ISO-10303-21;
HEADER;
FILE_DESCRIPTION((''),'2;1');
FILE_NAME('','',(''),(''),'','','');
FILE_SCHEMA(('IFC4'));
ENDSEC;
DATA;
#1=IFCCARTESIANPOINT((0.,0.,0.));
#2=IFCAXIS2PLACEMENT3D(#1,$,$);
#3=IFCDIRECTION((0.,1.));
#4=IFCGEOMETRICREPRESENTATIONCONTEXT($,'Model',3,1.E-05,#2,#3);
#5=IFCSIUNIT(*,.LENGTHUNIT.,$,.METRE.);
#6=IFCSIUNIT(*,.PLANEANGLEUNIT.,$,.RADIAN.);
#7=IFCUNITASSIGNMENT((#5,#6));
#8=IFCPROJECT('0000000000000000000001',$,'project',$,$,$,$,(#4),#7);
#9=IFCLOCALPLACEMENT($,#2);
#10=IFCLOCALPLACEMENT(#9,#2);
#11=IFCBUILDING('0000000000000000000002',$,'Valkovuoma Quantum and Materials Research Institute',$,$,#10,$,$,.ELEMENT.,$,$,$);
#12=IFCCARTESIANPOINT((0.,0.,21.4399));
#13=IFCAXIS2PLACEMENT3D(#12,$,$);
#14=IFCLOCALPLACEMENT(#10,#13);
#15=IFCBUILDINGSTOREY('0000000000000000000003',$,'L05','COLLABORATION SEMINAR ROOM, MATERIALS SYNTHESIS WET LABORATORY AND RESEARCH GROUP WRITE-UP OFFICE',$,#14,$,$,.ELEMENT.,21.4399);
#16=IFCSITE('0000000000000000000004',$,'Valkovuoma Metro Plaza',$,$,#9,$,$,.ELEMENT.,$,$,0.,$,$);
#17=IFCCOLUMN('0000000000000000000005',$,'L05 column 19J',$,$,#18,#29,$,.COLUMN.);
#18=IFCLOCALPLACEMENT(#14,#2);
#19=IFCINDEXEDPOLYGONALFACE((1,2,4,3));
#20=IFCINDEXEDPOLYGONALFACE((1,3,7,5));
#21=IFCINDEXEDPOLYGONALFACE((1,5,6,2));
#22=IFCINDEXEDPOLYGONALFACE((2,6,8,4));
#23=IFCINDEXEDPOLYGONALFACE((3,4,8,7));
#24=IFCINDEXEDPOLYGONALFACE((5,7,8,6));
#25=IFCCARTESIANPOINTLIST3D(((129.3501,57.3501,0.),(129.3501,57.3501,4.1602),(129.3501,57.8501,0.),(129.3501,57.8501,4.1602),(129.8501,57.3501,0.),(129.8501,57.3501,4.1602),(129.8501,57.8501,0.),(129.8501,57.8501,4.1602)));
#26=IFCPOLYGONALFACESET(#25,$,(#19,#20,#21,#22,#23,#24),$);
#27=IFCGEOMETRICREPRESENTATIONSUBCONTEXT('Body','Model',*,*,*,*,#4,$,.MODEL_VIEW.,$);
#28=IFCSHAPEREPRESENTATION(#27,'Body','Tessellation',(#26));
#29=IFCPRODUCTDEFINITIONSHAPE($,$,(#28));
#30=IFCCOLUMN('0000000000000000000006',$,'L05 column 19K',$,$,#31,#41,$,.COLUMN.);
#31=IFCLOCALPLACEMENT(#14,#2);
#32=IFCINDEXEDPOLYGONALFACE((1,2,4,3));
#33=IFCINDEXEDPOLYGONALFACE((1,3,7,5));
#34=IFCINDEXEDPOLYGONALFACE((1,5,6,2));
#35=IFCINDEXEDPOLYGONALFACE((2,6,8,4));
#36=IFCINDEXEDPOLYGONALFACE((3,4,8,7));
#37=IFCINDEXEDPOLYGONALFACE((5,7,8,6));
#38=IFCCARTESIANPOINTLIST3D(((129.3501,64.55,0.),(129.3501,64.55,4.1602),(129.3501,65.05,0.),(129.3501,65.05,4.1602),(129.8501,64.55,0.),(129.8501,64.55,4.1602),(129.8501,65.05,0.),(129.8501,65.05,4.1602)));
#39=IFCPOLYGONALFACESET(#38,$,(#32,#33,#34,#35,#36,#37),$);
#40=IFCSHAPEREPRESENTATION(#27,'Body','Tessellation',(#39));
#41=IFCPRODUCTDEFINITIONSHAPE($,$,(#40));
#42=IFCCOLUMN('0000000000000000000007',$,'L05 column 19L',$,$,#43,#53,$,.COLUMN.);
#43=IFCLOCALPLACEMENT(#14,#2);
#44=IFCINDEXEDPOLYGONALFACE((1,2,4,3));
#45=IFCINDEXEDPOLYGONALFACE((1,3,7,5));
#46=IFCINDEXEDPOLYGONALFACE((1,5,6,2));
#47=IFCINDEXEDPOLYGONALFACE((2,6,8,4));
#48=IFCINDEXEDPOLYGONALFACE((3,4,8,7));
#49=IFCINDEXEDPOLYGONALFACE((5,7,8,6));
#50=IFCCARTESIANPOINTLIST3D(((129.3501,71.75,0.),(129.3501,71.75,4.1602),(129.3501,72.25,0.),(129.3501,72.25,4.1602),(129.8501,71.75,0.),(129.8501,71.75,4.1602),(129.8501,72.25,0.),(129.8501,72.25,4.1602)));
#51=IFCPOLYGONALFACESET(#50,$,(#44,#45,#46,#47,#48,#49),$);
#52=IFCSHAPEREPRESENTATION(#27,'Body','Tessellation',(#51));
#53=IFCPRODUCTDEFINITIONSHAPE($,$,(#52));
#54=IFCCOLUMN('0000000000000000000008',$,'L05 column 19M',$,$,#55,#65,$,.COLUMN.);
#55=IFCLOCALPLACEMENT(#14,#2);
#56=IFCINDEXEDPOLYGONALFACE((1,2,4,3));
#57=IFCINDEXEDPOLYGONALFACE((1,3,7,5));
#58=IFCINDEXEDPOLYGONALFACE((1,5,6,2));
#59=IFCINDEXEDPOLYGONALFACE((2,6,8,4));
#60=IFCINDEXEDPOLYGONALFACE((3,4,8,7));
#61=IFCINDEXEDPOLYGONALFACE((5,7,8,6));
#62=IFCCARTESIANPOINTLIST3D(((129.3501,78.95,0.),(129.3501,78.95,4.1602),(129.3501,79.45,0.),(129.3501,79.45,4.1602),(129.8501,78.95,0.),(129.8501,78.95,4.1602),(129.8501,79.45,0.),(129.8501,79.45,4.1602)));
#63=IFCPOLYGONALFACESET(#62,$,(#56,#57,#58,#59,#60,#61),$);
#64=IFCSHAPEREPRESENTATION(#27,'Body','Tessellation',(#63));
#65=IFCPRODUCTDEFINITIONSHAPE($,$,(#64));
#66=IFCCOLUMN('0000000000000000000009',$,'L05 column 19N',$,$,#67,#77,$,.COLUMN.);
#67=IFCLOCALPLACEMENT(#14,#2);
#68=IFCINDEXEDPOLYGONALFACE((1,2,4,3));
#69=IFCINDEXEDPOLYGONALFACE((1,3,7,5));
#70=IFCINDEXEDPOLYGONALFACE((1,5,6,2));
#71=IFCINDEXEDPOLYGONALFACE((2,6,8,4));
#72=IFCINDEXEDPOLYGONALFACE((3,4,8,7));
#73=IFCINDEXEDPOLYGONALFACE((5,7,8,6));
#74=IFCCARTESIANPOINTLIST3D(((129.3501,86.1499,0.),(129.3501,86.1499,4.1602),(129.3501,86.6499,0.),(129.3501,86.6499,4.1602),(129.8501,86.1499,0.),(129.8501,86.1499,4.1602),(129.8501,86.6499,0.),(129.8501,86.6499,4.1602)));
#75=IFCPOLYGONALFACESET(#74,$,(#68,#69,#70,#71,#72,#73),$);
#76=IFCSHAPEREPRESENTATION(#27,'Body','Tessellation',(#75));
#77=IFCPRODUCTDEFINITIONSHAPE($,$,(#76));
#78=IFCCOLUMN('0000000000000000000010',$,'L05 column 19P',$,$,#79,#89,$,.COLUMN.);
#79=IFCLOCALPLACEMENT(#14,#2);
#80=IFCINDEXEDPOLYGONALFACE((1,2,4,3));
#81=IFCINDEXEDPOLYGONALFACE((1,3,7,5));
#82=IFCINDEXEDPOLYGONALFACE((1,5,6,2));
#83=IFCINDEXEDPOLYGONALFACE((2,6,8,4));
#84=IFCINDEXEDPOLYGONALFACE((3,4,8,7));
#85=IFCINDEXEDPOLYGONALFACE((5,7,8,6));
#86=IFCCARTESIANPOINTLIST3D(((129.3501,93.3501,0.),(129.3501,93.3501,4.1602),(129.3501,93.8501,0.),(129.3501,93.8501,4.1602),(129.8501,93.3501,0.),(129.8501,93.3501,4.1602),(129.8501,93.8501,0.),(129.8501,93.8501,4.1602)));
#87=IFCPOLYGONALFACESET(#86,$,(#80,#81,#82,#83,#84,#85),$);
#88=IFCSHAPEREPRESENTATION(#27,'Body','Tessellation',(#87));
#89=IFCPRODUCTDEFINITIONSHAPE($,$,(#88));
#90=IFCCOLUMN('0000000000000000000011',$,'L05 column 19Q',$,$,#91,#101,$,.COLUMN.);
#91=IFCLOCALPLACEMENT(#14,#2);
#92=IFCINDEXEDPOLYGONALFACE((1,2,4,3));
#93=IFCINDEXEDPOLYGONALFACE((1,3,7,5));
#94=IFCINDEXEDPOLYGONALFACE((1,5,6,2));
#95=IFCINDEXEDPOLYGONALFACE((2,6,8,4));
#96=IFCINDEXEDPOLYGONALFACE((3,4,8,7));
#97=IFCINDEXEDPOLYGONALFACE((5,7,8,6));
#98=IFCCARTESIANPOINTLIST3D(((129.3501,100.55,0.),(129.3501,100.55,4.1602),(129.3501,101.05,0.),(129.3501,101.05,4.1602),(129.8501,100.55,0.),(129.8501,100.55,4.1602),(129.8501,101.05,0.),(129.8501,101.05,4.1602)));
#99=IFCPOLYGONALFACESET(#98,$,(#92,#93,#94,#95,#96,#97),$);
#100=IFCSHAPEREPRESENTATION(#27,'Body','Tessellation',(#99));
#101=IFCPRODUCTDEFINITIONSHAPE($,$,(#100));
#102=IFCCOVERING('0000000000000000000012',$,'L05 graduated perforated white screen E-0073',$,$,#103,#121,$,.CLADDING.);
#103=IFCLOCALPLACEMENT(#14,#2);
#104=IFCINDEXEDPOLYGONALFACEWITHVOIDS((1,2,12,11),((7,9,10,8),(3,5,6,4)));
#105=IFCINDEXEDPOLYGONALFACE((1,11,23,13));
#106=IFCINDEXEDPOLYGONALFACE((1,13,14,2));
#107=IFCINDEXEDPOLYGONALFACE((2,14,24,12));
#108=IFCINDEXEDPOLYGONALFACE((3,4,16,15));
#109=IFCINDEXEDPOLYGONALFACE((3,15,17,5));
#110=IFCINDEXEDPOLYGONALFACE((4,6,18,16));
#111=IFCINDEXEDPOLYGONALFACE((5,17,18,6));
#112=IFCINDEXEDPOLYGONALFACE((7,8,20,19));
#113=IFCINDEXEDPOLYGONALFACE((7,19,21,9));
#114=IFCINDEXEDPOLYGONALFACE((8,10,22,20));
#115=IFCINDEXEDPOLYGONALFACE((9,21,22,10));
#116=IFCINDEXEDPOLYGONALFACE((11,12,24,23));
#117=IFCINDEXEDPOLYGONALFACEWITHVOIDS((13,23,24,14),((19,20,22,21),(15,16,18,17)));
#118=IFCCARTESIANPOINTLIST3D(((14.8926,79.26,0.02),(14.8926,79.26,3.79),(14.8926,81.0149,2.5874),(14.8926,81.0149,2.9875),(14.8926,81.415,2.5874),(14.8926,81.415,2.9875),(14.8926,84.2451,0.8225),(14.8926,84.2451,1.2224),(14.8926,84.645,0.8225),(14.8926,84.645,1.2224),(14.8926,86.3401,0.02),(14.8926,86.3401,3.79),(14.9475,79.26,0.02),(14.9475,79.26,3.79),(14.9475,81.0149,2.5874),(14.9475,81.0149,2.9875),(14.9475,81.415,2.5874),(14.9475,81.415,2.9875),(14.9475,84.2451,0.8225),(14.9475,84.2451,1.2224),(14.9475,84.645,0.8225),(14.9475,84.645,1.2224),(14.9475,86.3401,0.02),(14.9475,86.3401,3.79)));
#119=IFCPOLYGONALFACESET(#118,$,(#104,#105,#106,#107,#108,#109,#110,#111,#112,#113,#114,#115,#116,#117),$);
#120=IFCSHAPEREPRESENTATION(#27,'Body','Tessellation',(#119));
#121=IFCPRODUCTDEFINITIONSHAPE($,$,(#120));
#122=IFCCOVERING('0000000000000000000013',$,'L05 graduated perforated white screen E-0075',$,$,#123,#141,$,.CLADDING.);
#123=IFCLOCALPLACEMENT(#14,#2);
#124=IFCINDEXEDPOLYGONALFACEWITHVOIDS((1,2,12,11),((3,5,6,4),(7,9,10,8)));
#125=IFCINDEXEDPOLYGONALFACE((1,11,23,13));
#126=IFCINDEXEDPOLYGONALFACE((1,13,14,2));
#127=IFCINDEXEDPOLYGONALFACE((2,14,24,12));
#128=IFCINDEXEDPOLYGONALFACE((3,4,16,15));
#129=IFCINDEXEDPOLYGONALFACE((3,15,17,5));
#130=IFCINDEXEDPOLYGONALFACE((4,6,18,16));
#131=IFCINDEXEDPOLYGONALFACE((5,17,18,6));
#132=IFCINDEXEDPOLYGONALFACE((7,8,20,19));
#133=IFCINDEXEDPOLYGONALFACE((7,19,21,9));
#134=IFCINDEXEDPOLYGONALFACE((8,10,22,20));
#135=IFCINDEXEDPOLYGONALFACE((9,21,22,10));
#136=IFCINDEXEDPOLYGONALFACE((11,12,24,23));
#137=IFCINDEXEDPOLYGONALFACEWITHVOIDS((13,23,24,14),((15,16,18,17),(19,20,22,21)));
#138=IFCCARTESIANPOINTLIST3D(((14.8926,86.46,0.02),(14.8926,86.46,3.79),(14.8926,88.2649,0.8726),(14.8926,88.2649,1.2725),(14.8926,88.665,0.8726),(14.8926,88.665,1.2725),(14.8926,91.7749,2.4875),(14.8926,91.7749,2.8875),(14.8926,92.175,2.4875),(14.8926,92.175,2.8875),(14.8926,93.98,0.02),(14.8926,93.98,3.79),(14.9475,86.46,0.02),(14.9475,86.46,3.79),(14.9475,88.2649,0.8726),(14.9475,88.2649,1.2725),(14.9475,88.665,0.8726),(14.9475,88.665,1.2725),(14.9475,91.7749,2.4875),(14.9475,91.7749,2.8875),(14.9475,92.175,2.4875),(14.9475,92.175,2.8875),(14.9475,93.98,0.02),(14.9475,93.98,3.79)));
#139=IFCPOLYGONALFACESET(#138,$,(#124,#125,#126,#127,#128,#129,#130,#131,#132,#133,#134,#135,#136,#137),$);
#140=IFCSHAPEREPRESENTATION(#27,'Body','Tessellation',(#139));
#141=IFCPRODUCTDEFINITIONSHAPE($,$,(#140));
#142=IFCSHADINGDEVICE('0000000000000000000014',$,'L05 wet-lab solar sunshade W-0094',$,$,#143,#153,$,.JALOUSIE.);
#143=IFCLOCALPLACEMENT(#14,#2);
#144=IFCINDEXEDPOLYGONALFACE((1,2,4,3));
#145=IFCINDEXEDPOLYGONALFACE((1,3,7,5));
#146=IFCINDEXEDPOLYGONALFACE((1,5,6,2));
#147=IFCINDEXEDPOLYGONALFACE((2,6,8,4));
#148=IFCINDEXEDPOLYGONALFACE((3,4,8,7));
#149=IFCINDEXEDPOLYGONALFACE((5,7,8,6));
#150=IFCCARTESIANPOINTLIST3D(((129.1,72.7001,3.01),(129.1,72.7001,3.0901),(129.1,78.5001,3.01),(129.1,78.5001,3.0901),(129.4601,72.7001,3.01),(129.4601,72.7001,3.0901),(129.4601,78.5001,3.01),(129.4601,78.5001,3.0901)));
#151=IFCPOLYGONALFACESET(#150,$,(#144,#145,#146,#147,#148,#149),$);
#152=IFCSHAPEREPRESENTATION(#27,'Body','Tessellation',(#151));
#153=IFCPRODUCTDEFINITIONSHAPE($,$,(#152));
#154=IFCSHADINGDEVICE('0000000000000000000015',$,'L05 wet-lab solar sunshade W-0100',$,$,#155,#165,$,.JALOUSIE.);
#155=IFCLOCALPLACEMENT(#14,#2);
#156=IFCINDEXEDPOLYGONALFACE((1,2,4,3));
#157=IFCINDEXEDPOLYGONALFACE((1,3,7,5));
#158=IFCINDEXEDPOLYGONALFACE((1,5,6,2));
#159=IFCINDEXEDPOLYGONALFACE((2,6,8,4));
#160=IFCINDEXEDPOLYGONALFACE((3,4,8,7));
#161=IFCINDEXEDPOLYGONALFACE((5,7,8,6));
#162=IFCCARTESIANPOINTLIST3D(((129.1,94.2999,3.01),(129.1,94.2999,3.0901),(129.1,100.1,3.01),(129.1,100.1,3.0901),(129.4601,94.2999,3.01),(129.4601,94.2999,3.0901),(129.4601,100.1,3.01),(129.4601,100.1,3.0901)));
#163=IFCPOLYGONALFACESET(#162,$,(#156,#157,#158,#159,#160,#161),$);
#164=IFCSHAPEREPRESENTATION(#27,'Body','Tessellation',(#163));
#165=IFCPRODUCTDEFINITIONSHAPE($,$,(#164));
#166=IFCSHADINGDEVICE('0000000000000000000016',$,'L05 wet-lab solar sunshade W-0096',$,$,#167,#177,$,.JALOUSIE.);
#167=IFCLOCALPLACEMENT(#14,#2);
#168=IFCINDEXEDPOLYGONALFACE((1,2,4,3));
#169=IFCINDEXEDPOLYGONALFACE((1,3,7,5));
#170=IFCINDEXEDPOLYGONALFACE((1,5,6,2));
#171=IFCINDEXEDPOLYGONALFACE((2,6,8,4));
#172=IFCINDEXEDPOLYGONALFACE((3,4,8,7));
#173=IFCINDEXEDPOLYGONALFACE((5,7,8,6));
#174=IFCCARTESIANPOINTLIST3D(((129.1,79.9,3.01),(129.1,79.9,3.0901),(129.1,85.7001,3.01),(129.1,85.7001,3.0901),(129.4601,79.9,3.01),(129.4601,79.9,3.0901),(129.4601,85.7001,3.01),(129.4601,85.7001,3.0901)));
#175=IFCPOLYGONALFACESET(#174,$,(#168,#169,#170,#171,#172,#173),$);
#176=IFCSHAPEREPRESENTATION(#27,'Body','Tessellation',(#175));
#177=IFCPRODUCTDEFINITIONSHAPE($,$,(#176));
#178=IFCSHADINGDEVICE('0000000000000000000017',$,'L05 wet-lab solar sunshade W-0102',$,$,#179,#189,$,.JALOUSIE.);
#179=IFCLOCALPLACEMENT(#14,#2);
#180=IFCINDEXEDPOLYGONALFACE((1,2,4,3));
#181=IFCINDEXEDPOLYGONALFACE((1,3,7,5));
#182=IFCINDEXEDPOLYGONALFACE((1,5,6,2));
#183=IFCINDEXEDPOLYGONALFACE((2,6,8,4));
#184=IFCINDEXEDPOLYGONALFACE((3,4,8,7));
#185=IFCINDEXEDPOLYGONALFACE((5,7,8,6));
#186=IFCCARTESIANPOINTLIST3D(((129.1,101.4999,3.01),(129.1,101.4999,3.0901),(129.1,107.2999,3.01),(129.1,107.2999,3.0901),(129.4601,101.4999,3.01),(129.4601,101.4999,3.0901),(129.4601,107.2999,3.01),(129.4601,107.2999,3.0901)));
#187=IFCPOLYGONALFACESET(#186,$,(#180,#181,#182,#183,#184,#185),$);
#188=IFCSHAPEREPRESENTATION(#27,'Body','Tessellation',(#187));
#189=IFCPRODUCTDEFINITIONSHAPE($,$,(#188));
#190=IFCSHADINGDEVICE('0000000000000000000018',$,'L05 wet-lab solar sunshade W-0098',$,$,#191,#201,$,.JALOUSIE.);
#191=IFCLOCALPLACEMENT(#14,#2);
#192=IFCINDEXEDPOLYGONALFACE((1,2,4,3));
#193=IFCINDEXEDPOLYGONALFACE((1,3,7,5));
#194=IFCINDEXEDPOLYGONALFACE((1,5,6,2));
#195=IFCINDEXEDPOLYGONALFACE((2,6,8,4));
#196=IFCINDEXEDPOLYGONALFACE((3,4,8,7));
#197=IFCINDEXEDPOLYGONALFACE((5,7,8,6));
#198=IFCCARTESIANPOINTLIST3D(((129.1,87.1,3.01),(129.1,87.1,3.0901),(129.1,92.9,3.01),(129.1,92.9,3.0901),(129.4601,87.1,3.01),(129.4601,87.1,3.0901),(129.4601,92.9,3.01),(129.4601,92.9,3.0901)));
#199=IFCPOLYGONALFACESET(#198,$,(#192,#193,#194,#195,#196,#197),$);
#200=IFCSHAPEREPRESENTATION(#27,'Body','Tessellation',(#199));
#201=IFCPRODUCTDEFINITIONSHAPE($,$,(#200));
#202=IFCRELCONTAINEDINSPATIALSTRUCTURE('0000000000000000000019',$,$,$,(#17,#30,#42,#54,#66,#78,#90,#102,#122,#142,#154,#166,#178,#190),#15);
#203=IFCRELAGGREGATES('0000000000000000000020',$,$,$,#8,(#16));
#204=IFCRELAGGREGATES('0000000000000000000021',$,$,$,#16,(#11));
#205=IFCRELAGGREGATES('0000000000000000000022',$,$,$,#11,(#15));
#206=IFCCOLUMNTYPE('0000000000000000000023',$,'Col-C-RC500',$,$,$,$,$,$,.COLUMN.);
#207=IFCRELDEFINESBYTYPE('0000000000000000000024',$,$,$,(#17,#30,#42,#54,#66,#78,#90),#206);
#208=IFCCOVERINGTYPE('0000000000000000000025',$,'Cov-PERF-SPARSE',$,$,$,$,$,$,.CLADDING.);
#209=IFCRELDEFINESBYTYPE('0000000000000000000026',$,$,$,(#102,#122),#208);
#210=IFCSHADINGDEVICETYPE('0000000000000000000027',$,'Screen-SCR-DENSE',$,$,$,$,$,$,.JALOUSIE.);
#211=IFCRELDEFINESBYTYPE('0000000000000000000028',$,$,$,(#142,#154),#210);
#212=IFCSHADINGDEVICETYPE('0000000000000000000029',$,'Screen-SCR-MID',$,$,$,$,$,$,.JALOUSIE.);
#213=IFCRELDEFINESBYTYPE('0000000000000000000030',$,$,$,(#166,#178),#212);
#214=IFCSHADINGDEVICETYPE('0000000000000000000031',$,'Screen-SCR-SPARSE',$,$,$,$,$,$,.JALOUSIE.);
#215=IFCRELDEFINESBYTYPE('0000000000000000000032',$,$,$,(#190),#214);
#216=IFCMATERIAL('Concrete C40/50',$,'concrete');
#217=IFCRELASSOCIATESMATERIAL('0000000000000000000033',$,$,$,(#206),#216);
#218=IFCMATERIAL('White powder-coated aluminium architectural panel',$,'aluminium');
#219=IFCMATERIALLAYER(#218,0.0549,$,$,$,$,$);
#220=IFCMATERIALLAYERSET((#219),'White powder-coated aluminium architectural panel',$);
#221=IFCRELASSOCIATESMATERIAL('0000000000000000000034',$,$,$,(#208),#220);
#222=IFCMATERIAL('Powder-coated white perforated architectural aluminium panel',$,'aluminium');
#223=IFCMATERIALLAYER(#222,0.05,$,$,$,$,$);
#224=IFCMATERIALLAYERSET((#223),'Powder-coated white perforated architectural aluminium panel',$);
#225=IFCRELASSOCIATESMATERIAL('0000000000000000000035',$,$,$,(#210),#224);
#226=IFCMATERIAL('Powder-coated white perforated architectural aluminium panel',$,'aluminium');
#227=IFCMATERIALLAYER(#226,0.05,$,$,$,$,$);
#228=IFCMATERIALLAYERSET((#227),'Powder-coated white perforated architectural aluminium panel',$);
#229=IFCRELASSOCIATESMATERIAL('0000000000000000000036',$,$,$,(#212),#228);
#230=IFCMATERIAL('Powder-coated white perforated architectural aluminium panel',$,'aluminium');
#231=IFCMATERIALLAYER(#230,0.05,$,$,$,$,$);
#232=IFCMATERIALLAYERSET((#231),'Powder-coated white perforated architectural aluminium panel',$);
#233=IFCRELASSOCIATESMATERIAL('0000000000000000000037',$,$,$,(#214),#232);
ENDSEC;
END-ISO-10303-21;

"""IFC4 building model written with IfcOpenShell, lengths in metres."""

from ifc_helpers import new_model, si_unit, direction, frame, origin, origin_2d, place, context, subcontext, project, spatial, polyline, rectangle, outline, extrude, material, layer, layer_set, material_profile, profile_set, type_object, element, save


model = new_model("IFC4")

# Units and contexts
model_context = context("Model", 3, precision=1e-05, world=origin(), true_north=direction((0.0, 1.0)))
body_context = subcontext(model_context, "Body", "Model", "MODEL_VIEW")
ifc_project = project(units=[si_unit("LENGTHUNIT", "METRE"), si_unit("PLANEANGLEUNIT", "RADIAN")], contexts=[model_context])

# Site, building, storey
site_placement = place(None, origin())
site = spatial("IfcSite", under=ifc_project, at=site_placement, Name="Valkovuoma Metro Plaza", CompositionType="ELEMENT", RefElevation=0.0)
building_placement = place(site_placement, origin())
building = spatial("IfcBuilding", under=site, at=building_placement, Name="Valkovuoma Quantum and Materials Research Institute", CompositionType="ELEMENT")
storey_placement = place(building_placement, frame((0.0, 0.0, 21.4399)))
storey = spatial("IfcBuildingStorey", under=building, at=storey_placement, Name="L05", Description="COLLABORATION SEMINAR ROOM, MATERIALS SYNTHESIS WET LABORATORY AND RESEARCH GROUP WRITE-UP OFFICE", CompositionType="ELEMENT", Elevation=21.4399)

# Columns
ifc_material_1 = material(Name="Concrete C40/50", Category="concrete")
ifc_material_profile = material_profile(ifc_material_1, rectangle(XDim=0.5, YDim=0.5, at=origin_2d()), Name="Concrete C40/50")
ifc_profile_set = profile_set([ifc_material_profile], Name="Concrete C40/50")
column_type = type_object("IfcColumnType", Name="Col-C-RC500", PredefinedType="COLUMN", material=ifc_profile_set)
for number, where, z_axis, x_axis, name in (
    (1, (129.6001, 57.6001, 0.0), (0.0, 0.0, 1.0), (1.0, 0.0, 0.0), "L05 column 19J"),
    (2, (129.6001, 64.8, 0.0), (0.0, 0.0, 1.0), (1.0, 0.0, 0.0), "L05 column 19K"),
    (3, (129.6001, 72.0, 0.0), (0.0, 0.0, 1.0), (1.0, 0.0, 0.0), "L05 column 19L"),
    (4, (129.6001, 79.2, 0.0), (0.0, 0.0, 1.0), (1.0, 0.0, 0.0), "L05 column 19M"),
    (5, (129.6001, 86.3999, 0.0), (0.0, 0.0, 1.0), (1.0, 0.0, 0.0), "L05 column 19N"),
    (6, (129.6001, 93.6001, 0.0), (0.0, 0.0, 1.0), (1.0, 0.0, 0.0), "L05 column 19P"),
    (7, (129.6001, 100.8, 0.0), (0.0, 0.0, 1.0), (1.0, 0.0, 0.0), "L05 column 19Q"),
):
    element("IfcColumn", number, at=place(storey_placement, frame(where, z_axis=z_axis, x_axis=x_axis)), inside=storey, type_object=column_type, Name=name, PredefinedType="COLUMN", context=body_context, shape_type="SweptSolid", body=[
        extrude(rectangle(XDim=0.5, YDim=0.5, at=origin_2d()), origin(), (0.0, 0.0, 1.0), 4.1602),
    ])

# Coverings
ifc_material_2 = material(Name="White powder-coated aluminium architectural panel", Category="aluminium")
ifc_layer_1 = layer(ifc_material_2, 0.0549)
ifc_layer_set_1 = layer_set([ifc_layer_1], Name="White powder-coated aluminium architectural panel")
covering_type = type_object("IfcCoveringType", Name="Cov-PERF-SPARSE", PredefinedType="CLADDING", material=ifc_layer_set_1)
covering_1_placement = place(storey_placement, frame((14.9199, 79.26, 0.02), z_axis=(0.0, 0.0, 1.0), x_axis=(0.0, 1.0, 0.0)))
element("IfcCovering", 8, at=covering_1_placement, inside=storey, type_object=covering_type, Name="L05 graduated perforated white screen E-0073", PredefinedType="CLADDING", context=body_context, shape_type="SweptSolid", body=[
    extrude(outline(polyline([(0.0, 0.0), (7.0801, 0.0), (7.0801, 3.77), (0.0, 3.77), (0.0, 0.0)]), holes=[polyline([(1.7549, 2.5674), (1.7549, 2.9675), (2.155, 2.9675), (2.155, 2.5674), (1.7549, 2.5674)]), polyline([(4.9851, 0.8025), (4.9851, 1.2024), (5.385, 1.2024), (5.385, 0.8025), (4.9851, 0.8025)])]), frame((0.0, 0.0273, 0.0), z_axis=(0.0, -1.0, 0.0), x_axis=(1.0, 0.0, 0.0)), (0.0, 0.0, 1.0), 0.0549),
])
covering_2_placement = place(storey_placement, frame((14.9199, 86.46, 0.02), z_axis=(0.0, 0.0, 1.0), x_axis=(0.0, 1.0, 0.0)))
element("IfcCovering", 9, at=covering_2_placement, inside=storey, type_object=covering_type, Name="L05 graduated perforated white screen E-0075", PredefinedType="CLADDING", context=body_context, shape_type="SweptSolid", body=[
    extrude(outline(polyline([(0.0, 0.0), (7.52, 0.0), (7.52, 3.77), (0.0, 3.77), (0.0, 0.0)]), holes=[polyline([(1.8049, 0.8525), (1.8049, 1.2524), (2.2051, 1.2524), (2.2051, 0.8525), (1.8049, 0.8525)]), polyline([(5.3149, 2.4675), (5.3149, 2.8674), (5.7151, 2.8674), (5.7151, 2.4675), (5.3149, 2.4675)])]), frame((0.0, 0.0273, 0.0), z_axis=(0.0, -1.0, 0.0), x_axis=(1.0, 0.0, 0.0)), (0.0, 0.0, 1.0), 0.0549),
])

# Shading devices
ifc_material_3 = material(Name="Powder-coated white perforated architectural aluminium panel", Category="aluminium")
ifc_layer_2 = layer(ifc_material_3, 0.05)
ifc_layer_set_2 = layer_set([ifc_layer_2], Name="Powder-coated white perforated architectural aluminium panel")
shading_device_type_1 = type_object("IfcShadingDeviceType", Name="Screen-SCR-DENSE", PredefinedType="JALOUSIE", material=ifc_layer_set_2)
for number, where, z_axis, x_axis, name in (
    (10, (129.28, 75.6001, 3.01), (0.0, 0.0, 1.0), (1.0, 0.0, 0.0), "L05 wet-lab solar sunshade W-0094"),
    (11, (129.28, 97.2, 3.01), (0.0, 0.0, 1.0), (1.0, 0.0, 0.0), "L05 wet-lab solar sunshade W-0100"),
):
    element("IfcShadingDevice", number, at=place(storey_placement, frame(where, z_axis=z_axis, x_axis=x_axis)), inside=storey, type_object=shading_device_type_1, Name=name, PredefinedType="JALOUSIE", context=body_context, shape_type="SweptSolid", body=[
        extrude(rectangle(XDim=0.3601, YDim=5.8, at=origin_2d()), origin(), (0.0, 0.0, 1.0), 0.0801),
    ])
ifc_material_4 = material(Name="Powder-coated white perforated architectural aluminium panel", Category="aluminium")
ifc_layer_3 = layer(ifc_material_4, 0.05)
ifc_layer_set_3 = layer_set([ifc_layer_3], Name="Powder-coated white perforated architectural aluminium panel")
shading_device_type_2 = type_object("IfcShadingDeviceType", Name="Screen-SCR-MID", PredefinedType="JALOUSIE", material=ifc_layer_set_3)
for number, where, z_axis, x_axis, name in (
    (12, (129.28, 82.8, 3.01), (0.0, 0.0, 1.0), (1.0, 0.0, 0.0), "L05 wet-lab solar sunshade W-0096"),
    (13, (129.28, 104.3999, 3.01), (0.0, 0.0, 1.0), (1.0, 0.0, 0.0), "L05 wet-lab solar sunshade W-0102"),
):
    element("IfcShadingDevice", number, at=place(storey_placement, frame(where, z_axis=z_axis, x_axis=x_axis)), inside=storey, type_object=shading_device_type_2, Name=name, PredefinedType="JALOUSIE", context=body_context, shape_type="SweptSolid", body=[
        extrude(rectangle(XDim=0.3601, YDim=5.8, at=origin_2d()), origin(), (0.0, 0.0, 1.0), 0.0801),
    ])
ifc_material_5 = material(Name="Powder-coated white perforated architectural aluminium panel", Category="aluminium")
ifc_layer_4 = layer(ifc_material_5, 0.05)
ifc_layer_set_4 = layer_set([ifc_layer_4], Name="Powder-coated white perforated architectural aluminium panel")
shading_device_type_3 = type_object("IfcShadingDeviceType", Name="Screen-SCR-SPARSE", PredefinedType="JALOUSIE", material=ifc_layer_set_4)
for number, where, z_axis, x_axis, name in (
    (14, (129.28, 90.0, 3.01), (0.0, 0.0, 1.0), (1.0, 0.0, 0.0), "L05 wet-lab solar sunshade W-0098"),
):
    element("IfcShadingDevice", number, at=place(storey_placement, frame(where, z_axis=z_axis, x_axis=x_axis)), inside=storey, type_object=shading_device_type_3, Name=name, PredefinedType="JALOUSIE", context=body_context, shape_type="SweptSolid", body=[
        extrude(rectangle(XDim=0.3601, YDim=5.8, at=origin_2d()), origin(), (0.0, 0.0, 1.0), 0.0801),
    ])

save(model, "model.ifc")
